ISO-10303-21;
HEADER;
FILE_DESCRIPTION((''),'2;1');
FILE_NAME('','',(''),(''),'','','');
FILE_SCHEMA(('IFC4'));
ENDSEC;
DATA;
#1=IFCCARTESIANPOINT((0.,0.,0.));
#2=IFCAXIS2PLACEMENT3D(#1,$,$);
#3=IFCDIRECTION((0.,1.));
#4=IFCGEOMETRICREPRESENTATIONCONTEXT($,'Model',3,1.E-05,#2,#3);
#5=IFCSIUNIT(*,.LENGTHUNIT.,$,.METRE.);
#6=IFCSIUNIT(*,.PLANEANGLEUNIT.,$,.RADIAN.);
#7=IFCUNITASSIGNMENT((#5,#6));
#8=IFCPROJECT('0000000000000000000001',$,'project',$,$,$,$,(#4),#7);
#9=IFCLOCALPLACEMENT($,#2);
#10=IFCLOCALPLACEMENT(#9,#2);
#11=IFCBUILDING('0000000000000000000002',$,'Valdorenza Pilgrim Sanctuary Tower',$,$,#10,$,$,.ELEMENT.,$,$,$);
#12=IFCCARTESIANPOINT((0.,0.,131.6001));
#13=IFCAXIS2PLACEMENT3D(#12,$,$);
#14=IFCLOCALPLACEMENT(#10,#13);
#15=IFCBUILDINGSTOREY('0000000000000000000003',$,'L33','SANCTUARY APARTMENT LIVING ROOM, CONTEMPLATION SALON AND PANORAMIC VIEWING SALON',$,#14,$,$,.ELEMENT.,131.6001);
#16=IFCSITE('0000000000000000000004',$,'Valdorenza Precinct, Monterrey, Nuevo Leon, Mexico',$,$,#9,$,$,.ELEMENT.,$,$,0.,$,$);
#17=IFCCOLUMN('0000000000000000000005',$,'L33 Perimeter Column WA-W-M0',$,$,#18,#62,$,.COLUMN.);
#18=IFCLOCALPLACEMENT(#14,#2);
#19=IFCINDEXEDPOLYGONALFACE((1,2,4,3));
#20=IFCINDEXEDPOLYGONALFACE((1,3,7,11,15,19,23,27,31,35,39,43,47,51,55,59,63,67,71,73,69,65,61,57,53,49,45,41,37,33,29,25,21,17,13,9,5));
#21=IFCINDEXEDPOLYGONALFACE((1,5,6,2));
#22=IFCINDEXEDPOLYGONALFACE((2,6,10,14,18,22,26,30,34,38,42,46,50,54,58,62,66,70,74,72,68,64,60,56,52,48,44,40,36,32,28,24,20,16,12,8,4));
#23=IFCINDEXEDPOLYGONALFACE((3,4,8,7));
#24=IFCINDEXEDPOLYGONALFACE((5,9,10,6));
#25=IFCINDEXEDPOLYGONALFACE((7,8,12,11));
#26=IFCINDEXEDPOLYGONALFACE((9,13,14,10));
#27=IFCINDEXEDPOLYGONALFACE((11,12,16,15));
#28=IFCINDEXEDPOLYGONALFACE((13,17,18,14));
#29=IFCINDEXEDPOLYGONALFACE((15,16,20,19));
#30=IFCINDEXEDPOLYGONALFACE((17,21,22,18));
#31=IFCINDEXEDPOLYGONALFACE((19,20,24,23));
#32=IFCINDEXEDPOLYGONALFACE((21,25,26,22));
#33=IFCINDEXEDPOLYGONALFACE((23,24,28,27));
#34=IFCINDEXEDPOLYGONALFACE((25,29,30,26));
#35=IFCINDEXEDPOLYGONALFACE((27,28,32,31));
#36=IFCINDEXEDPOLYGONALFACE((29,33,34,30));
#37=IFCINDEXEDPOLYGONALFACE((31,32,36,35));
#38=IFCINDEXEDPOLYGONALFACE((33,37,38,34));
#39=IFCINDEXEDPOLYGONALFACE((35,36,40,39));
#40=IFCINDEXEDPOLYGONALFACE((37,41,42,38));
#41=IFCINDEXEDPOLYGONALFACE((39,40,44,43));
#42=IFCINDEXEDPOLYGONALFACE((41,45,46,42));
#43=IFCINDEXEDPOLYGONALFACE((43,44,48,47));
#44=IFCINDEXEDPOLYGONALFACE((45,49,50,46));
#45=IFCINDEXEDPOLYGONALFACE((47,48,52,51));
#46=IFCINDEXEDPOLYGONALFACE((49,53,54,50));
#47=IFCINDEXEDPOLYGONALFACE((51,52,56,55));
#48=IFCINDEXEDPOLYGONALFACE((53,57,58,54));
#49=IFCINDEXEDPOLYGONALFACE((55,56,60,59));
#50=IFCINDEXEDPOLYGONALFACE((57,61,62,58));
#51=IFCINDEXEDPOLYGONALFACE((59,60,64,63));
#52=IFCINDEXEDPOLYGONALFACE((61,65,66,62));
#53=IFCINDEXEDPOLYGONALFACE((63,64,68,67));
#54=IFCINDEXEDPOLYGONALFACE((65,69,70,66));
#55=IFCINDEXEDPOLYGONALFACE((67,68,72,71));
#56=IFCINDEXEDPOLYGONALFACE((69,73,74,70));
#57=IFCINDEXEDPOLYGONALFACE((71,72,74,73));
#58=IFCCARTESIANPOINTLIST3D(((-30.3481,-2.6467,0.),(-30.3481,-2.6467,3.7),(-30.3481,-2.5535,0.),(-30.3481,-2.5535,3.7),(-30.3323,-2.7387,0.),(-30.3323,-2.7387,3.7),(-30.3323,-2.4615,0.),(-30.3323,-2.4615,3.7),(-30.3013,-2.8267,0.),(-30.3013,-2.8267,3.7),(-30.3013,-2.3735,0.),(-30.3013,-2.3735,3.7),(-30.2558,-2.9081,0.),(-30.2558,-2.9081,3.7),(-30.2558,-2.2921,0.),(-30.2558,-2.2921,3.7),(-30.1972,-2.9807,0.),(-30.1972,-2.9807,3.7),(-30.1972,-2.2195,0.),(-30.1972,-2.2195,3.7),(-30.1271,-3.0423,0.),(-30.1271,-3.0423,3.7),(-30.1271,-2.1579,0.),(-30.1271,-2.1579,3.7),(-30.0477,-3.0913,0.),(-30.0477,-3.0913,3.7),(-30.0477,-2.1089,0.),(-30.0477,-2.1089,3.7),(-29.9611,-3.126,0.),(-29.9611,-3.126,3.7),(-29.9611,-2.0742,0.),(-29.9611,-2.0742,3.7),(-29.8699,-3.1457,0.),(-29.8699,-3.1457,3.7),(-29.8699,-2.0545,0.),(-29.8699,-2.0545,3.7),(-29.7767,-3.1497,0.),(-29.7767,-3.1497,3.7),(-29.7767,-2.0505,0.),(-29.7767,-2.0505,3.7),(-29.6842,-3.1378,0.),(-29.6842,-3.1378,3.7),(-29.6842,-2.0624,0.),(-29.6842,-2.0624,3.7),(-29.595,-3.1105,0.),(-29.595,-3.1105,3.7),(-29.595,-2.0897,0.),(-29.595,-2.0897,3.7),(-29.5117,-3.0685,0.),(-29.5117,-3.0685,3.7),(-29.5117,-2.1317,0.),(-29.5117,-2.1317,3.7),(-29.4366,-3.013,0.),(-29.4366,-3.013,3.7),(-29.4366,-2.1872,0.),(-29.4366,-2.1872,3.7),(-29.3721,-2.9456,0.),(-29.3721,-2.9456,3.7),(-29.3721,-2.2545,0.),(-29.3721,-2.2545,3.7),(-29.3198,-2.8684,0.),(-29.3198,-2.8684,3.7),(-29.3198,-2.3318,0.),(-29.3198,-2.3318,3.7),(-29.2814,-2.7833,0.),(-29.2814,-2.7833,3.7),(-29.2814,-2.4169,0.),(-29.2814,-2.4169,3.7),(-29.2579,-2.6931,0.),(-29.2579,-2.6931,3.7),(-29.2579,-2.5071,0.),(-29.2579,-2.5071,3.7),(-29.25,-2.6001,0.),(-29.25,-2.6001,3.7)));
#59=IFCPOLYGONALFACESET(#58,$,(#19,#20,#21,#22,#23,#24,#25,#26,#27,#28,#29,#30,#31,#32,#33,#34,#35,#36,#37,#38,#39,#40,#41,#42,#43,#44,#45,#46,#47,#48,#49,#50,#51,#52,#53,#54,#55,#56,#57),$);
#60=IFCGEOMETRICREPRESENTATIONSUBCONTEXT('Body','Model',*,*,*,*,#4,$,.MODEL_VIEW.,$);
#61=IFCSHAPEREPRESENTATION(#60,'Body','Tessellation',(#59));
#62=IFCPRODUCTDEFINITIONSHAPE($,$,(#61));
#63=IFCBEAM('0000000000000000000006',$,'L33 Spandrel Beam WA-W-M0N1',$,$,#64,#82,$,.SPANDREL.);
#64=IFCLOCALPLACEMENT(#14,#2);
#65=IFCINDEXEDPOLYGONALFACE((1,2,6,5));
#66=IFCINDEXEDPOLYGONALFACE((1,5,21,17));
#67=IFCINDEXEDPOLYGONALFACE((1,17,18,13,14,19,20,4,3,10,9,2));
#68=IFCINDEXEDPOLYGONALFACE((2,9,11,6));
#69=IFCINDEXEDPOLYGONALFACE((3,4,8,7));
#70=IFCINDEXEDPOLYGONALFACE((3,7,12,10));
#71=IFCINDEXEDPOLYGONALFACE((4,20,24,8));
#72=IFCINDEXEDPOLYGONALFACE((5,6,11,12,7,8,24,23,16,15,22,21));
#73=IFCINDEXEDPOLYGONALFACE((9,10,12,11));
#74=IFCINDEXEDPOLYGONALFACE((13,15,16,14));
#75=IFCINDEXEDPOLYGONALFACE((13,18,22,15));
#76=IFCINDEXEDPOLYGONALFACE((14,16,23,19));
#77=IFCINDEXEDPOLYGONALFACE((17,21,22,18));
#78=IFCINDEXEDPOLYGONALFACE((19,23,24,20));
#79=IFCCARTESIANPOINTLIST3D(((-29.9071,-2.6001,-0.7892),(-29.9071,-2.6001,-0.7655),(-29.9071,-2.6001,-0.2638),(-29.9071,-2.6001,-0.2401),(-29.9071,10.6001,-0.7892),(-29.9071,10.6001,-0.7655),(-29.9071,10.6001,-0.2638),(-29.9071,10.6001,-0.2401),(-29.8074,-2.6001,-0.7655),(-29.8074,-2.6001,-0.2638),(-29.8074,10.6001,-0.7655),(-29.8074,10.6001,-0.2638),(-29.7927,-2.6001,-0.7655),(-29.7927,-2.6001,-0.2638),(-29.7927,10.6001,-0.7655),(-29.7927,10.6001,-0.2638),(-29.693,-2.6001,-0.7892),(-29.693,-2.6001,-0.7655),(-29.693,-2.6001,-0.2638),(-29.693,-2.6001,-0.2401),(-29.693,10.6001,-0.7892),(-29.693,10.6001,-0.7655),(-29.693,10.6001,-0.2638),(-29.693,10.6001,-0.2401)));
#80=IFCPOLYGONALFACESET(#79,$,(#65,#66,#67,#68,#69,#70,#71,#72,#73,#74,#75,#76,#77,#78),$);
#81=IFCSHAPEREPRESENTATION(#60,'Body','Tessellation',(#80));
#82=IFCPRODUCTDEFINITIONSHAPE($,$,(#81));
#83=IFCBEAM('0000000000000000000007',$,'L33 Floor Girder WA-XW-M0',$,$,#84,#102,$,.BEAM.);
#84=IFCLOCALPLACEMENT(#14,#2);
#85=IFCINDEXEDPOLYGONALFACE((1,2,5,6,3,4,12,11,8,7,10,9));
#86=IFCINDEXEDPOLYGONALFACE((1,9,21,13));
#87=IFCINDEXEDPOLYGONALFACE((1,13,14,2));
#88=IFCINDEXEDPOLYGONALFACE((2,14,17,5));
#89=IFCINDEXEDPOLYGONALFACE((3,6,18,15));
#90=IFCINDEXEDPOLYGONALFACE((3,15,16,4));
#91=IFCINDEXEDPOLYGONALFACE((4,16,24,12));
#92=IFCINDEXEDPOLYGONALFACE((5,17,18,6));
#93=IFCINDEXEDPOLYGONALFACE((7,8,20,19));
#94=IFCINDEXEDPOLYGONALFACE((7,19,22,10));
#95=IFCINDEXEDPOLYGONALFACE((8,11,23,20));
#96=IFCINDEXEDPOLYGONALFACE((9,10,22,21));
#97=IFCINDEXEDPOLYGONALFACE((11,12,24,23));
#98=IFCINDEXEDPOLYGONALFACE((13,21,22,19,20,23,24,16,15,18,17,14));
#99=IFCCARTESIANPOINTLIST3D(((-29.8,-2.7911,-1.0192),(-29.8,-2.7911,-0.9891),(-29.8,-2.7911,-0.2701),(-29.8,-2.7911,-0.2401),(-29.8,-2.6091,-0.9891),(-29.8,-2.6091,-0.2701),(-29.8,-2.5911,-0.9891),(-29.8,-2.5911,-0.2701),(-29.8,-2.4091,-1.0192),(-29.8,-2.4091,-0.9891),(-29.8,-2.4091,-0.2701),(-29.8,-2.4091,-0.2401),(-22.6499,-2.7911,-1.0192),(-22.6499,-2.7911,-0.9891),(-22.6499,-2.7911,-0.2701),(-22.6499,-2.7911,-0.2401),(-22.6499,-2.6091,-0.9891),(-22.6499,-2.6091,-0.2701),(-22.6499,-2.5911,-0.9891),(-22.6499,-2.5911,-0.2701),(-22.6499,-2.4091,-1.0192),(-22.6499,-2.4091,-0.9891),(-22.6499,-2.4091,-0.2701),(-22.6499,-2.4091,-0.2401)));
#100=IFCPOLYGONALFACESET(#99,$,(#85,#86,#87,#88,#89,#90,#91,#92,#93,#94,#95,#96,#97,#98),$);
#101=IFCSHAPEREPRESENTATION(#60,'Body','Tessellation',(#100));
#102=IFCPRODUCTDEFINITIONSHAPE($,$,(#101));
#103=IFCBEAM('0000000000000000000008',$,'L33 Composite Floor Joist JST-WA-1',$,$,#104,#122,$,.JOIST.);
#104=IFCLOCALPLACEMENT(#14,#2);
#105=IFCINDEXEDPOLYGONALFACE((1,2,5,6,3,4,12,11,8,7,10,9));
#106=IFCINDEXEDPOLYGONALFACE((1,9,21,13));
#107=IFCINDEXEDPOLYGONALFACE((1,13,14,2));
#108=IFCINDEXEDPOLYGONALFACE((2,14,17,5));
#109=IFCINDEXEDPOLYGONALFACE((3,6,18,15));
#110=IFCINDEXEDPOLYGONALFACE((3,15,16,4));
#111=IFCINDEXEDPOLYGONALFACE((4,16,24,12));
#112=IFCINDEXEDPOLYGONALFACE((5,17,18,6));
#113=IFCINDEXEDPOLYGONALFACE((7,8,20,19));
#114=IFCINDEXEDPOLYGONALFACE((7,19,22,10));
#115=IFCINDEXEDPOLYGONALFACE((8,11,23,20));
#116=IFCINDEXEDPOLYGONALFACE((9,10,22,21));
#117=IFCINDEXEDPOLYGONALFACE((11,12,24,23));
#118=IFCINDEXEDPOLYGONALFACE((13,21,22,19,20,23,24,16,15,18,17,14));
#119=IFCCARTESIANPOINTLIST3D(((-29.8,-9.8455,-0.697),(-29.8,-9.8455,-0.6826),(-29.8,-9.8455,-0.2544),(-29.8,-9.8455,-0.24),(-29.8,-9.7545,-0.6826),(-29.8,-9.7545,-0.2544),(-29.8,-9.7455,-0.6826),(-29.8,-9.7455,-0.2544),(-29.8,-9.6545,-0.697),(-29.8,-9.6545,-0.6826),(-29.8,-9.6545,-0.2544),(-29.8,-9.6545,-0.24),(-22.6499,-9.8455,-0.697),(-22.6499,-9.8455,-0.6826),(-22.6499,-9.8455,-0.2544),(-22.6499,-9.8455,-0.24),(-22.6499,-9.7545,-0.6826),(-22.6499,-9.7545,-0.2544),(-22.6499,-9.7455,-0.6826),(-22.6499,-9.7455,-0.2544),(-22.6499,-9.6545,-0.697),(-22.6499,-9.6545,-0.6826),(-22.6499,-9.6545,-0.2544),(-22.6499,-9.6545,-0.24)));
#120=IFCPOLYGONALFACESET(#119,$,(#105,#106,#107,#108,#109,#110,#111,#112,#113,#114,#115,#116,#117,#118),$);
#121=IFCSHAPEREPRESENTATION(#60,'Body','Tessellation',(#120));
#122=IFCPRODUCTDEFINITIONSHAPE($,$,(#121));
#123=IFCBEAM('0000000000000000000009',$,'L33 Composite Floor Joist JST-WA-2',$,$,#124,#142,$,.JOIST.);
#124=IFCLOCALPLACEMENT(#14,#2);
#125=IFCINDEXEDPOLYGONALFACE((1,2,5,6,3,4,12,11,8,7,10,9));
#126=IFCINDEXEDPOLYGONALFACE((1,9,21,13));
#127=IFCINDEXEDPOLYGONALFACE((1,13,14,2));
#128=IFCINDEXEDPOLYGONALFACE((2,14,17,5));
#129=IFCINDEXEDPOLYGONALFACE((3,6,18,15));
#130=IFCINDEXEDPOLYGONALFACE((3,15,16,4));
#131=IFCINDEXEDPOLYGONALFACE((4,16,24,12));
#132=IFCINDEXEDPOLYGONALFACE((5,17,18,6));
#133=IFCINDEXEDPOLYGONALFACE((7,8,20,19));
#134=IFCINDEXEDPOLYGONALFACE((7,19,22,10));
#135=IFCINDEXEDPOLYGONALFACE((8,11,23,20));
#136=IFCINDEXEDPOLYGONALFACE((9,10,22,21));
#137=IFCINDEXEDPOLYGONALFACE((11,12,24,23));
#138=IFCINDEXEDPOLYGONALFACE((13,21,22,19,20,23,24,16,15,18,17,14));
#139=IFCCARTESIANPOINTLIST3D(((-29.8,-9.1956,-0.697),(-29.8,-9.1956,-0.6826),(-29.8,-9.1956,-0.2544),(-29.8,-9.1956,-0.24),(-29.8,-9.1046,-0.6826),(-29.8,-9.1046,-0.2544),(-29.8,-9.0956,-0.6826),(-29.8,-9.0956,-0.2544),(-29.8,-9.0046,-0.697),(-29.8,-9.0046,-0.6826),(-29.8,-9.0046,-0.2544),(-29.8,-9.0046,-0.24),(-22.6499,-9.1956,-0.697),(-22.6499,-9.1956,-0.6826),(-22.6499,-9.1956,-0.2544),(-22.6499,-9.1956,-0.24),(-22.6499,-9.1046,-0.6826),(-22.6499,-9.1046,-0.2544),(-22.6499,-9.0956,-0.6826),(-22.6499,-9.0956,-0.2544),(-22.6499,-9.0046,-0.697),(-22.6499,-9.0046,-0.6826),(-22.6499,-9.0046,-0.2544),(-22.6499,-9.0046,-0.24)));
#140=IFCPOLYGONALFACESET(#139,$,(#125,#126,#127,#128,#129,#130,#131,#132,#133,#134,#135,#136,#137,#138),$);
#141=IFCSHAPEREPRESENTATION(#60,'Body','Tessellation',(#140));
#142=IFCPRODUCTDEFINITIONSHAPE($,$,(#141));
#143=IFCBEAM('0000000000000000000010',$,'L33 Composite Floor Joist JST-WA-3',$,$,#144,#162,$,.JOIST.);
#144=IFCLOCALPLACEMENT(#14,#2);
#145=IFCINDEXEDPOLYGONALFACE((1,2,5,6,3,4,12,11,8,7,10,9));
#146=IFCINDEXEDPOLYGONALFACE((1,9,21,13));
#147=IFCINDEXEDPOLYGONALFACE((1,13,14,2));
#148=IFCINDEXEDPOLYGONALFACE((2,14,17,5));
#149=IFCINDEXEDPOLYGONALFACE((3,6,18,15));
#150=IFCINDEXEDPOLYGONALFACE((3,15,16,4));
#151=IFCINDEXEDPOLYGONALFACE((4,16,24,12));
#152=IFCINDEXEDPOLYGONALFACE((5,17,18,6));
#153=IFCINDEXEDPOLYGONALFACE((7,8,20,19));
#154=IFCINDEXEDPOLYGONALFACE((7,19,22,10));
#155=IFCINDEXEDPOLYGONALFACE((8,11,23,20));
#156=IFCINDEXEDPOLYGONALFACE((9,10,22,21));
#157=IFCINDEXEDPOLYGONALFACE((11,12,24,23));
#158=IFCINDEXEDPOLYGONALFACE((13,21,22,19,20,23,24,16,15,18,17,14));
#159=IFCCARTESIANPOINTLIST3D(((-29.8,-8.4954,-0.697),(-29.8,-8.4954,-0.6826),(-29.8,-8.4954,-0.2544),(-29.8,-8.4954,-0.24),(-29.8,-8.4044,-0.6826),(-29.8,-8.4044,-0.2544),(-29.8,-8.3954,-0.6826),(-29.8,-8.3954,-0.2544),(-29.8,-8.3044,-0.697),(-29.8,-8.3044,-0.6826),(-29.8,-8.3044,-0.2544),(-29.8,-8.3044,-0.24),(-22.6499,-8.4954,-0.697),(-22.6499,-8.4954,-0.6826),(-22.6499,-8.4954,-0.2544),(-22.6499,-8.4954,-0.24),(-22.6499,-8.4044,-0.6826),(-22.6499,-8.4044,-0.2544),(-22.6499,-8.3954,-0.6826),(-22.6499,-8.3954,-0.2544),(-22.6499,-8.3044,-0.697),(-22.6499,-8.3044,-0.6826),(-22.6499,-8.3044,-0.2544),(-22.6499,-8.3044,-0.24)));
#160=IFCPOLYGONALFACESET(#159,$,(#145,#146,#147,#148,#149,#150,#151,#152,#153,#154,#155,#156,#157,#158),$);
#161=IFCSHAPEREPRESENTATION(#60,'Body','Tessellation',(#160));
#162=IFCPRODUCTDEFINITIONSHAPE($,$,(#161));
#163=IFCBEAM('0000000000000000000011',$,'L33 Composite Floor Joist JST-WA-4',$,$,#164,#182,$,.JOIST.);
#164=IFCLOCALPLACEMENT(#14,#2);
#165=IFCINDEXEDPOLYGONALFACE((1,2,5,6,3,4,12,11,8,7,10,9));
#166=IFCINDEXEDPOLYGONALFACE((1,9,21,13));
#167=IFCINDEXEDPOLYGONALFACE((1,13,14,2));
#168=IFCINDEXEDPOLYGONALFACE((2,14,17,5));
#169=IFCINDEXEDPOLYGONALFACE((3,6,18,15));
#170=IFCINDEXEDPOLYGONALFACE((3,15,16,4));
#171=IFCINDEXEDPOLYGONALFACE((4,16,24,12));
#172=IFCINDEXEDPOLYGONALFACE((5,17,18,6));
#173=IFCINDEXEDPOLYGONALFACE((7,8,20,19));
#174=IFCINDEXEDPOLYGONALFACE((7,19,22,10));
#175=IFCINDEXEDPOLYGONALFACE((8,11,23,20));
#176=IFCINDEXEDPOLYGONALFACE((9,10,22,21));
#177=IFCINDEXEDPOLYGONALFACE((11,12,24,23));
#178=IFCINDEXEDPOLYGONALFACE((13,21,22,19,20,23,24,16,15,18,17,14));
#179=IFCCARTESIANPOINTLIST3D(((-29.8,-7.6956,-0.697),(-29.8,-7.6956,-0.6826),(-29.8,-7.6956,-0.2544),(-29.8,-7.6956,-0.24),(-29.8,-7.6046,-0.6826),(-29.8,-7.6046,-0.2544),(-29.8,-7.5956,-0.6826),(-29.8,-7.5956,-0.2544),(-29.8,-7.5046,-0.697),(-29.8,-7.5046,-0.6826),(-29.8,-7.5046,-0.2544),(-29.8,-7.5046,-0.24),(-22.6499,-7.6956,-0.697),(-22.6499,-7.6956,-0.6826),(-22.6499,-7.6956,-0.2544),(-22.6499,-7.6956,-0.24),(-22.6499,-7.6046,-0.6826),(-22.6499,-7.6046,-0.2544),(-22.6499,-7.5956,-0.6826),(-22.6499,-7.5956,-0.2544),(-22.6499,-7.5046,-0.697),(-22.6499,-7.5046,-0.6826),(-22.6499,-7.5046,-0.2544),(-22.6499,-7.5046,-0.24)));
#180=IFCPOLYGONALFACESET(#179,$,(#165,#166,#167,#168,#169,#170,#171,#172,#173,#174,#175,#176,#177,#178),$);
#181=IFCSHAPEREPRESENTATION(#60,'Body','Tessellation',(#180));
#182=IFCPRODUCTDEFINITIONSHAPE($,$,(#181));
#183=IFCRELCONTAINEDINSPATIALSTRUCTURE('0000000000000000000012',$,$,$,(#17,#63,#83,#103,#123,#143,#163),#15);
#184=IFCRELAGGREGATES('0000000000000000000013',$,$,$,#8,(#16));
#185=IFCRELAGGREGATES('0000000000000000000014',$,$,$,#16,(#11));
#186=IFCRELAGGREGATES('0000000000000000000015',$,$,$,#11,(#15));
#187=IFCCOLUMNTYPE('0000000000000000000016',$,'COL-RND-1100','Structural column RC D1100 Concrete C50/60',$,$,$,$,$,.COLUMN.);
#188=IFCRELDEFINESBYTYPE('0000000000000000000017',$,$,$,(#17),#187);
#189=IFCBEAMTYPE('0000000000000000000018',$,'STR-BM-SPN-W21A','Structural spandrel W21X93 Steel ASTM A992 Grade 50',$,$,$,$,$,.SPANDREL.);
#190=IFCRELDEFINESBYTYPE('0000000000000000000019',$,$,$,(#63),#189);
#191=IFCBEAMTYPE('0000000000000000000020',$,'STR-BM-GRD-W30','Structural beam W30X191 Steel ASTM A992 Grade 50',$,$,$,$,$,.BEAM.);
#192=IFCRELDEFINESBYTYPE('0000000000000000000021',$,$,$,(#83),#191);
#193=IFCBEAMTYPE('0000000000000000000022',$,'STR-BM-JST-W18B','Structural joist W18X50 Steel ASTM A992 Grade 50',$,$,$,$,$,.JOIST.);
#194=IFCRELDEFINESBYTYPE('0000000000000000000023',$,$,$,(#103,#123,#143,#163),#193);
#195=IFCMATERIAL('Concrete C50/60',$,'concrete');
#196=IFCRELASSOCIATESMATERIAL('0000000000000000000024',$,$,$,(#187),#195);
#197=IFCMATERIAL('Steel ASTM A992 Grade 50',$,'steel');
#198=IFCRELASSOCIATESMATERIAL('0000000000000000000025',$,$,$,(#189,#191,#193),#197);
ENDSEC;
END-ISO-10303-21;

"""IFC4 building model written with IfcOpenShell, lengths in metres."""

from ifc_helpers import new_model, si_unit, direction, frame, origin, origin_2d, place, context, subcontext, project, spatial, circle, i_section, extrude, source, transform, mapped, material, material_profile, profile_set, type_object, element, save


model = new_model("IFC4")

# Units and contexts
model_context = context("Model", 3, precision=1e-05, world=origin(), true_north=direction((0.0, 1.0)))
body_context = subcontext(model_context, "Body", "Model", "MODEL_VIEW")
ifc_project = project(units=[si_unit("LENGTHUNIT", "METRE"), si_unit("PLANEANGLEUNIT", "RADIAN")], contexts=[model_context])

# Site, building, storey
site_placement = place(None, origin())
site = spatial("IfcSite", under=ifc_project, at=site_placement, Name="Valdorenza Precinct, Monterrey, Nuevo Leon, Mexico", CompositionType="ELEMENT", RefElevation=0.0)
building_placement = place(site_placement, origin())
building = spatial("IfcBuilding", under=site, at=building_placement, Name="Valdorenza Pilgrim Sanctuary Tower", CompositionType="ELEMENT")
storey_placement = place(building_placement, frame((0.0, 0.0, 131.6001)))
storey = spatial("IfcBuildingStorey", under=building, at=storey_placement, Name="L33", Description="SANCTUARY APARTMENT LIVING ROOM, CONTEMPLATION SALON AND PANORAMIC VIEWING SALON", CompositionType="ELEMENT", Elevation=131.6001)

# Column
ifc_material_1 = material(Name="Concrete C50/60", Category="concrete")
ifc_material_profile_1 = material_profile(ifc_material_1, circle(Radius=0.55, at=origin_2d()), Name="RC D1100")
ifc_profile_set_1 = profile_set([ifc_material_profile_1], Name="Concrete C50/60")
column_type = type_object("IfcColumnType", Name="COL-RND-1100", Description="Structural column RC D1100 Concrete C50/60", PredefinedType="COLUMN", material=ifc_profile_set_1)
shared_shape_1 = source(origin(), body_context, "Body", "SweptSolid", [
    extrude(circle(Radius=0.55, at=origin_2d()), origin(), (0.0, 0.0, 1.0), 3.7),
])
column_placement = place(storey_placement, frame((-29.8, -2.6001, 0.0), z_axis=(0.0, 0.0, 1.0), x_axis=(1.0, 0.0, 0.0)))
element("IfcColumn", 1, at=column_placement, inside=storey, type_object=column_type, Name="L33 Perimeter Column WA-W-M0", PredefinedType="COLUMN", context=body_context, shape_type="MappedRepresentation", body=[
    mapped(shared_shape_1, transform((0.0, 0.0, 0.0), x_axis=(1.0, 0.0, 0.0), y_axis=(0.0, 1.0, 0.0), z_axis=(0.0, 0.0, 1.0), scale=1.0)),
])

# Beams
ifc_material_2 = material(Name="Steel ASTM A992 Grade 50", Category="steel")
ifc_material_profile_2 = material_profile(ifc_material_2, i_section(OverallWidth=0.2141, OverallDepth=0.5491, WebThickness=0.0146, FlangeThickness=0.0237, at=origin_2d()), Name="W21X93")
ifc_profile_set_2 = profile_set([ifc_material_profile_2], Name="Steel ASTM A992 Grade 50")
beam_type_1 = type_object("IfcBeamType", Name="STR-BM-SPN-W21A", Description="Structural spandrel W21X93 Steel ASTM A992 Grade 50", PredefinedType="SPANDREL", material=ifc_profile_set_2)
shared_shape_2 = source(origin(), body_context, "Body", "SweptSolid", [
    extrude(i_section(OverallWidth=0.2141, OverallDepth=0.5491, WebThickness=0.0146, FlangeThickness=0.0237, at=origin_2d()), origin(), (0.0, 0.0, 1.0), 13.2002),
])
beam_1_placement = place(storey_placement, frame((-29.8, -2.6001, -0.5146), z_axis=(0.0, 1.0, 0.0), x_axis=(-1.0, 0.0, 0.0)))
element("IfcBeam", 2, at=beam_1_placement, inside=storey, type_object=beam_type_1, Name="L33 Spandrel Beam WA-W-M0N1", PredefinedType="SPANDREL", context=body_context, shape_type="MappedRepresentation", body=[
    mapped(shared_shape_2, transform((0.0, 0.0, 0.0), x_axis=(1.0, 0.0, 0.0), y_axis=(0.0, 1.0, 0.0), z_axis=(0.0, 0.0, 1.0), scale=1.0)),
])
ifc_material_profile_3 = material_profile(ifc_material_2, i_section(OverallWidth=0.3821, OverallDepth=0.7791, WebThickness=0.0181, FlangeThickness=0.03, at=origin_2d()), Name="W30X191")
ifc_profile_set_3 = profile_set([ifc_material_profile_3], Name="Steel ASTM A992 Grade 50")
beam_type_2 = type_object("IfcBeamType", Name="STR-BM-GRD-W30", Description="Structural beam W30X191 Steel ASTM A992 Grade 50", PredefinedType="BEAM", material=ifc_profile_set_3)
shared_shape_3 = source(origin(), body_context, "Body", "SweptSolid", [
    extrude(i_section(OverallWidth=0.3821, OverallDepth=0.7791, WebThickness=0.0181, FlangeThickness=0.03, at=origin_2d()), origin(), (0.0, 0.0, 1.0), 7.1501),
])
beam_2_placement = place(storey_placement, frame((-29.8, -2.6001, -0.6296), z_axis=(1.0, 0.0, 0.0), x_axis=(0.0, 1.0, 0.0)))
element("IfcBeam", 3, at=beam_2_placement, inside=storey, type_object=beam_type_2, Name="L33 Floor Girder WA-XW-M0", PredefinedType="BEAM", context=body_context, shape_type="MappedRepresentation", body=[
    mapped(shared_shape_3, transform((0.0, 0.0, 0.0), x_axis=(1.0, 0.0, 0.0), y_axis=(0.0, 1.0, 0.0), z_axis=(0.0, 0.0, 1.0), scale=1.0)),
])
ifc_material_profile_4 = material_profile(ifc_material_2, i_section(OverallWidth=0.1909, OverallDepth=0.457, WebThickness=0.009, FlangeThickness=0.0144, at=origin_2d()), Name="W18X50")
ifc_profile_set_4 = profile_set([ifc_material_profile_4], Name="Steel ASTM A992 Grade 50")
beam_type_3 = type_object("IfcBeamType", Name="STR-BM-JST-W18B", Description="Structural joist W18X50 Steel ASTM A992 Grade 50", PredefinedType="JOIST", material=ifc_profile_set_4)
shared_shape_4 = source(origin(), body_context, "Body", "SweptSolid", [
    extrude(i_section(OverallWidth=0.1909, OverallDepth=0.457, WebThickness=0.009, FlangeThickness=0.0144, at=origin_2d()), origin(), (0.0, 0.0, 1.0), 7.1501),
])
for number, where, z_axis, x_axis, name in (
    (4, (-29.8, -9.75, -0.4685), (1.0, 0.0, 0.0), (0.0, 1.0, 0.0), "L33 Composite Floor Joist JST-WA-1"),
    (5, (-29.8, -9.1001, -0.4685), (1.0, 0.0, 0.0), (0.0, 1.0, 0.0), "L33 Composite Floor Joist JST-WA-2"),
    (6, (-29.8, -8.3999, -0.4685), (1.0, 0.0, 0.0), (0.0, 1.0, 0.0), "L33 Composite Floor Joist JST-WA-3"),
    (7, (-29.8, -7.6001, -0.4685), (1.0, 0.0, 0.0), (0.0, 1.0, 0.0), "L33 Composite Floor Joist JST-WA-4"),
):
    element("IfcBeam", number, at=place(storey_placement, frame(where, z_axis=z_axis, x_axis=x_axis)), inside=storey, type_object=beam_type_3, Name=name, PredefinedType="JOIST", context=body_context, shape_type="MappedRepresentation", body=[
        mapped(shared_shape_4, transform((0.0, 0.0, 0.0), x_axis=(1.0, 0.0, 0.0), y_axis=(0.0, 1.0, 0.0), z_axis=(0.0, 0.0, 1.0), scale=1.0)),
    ])

save(model, "model.ifc")
